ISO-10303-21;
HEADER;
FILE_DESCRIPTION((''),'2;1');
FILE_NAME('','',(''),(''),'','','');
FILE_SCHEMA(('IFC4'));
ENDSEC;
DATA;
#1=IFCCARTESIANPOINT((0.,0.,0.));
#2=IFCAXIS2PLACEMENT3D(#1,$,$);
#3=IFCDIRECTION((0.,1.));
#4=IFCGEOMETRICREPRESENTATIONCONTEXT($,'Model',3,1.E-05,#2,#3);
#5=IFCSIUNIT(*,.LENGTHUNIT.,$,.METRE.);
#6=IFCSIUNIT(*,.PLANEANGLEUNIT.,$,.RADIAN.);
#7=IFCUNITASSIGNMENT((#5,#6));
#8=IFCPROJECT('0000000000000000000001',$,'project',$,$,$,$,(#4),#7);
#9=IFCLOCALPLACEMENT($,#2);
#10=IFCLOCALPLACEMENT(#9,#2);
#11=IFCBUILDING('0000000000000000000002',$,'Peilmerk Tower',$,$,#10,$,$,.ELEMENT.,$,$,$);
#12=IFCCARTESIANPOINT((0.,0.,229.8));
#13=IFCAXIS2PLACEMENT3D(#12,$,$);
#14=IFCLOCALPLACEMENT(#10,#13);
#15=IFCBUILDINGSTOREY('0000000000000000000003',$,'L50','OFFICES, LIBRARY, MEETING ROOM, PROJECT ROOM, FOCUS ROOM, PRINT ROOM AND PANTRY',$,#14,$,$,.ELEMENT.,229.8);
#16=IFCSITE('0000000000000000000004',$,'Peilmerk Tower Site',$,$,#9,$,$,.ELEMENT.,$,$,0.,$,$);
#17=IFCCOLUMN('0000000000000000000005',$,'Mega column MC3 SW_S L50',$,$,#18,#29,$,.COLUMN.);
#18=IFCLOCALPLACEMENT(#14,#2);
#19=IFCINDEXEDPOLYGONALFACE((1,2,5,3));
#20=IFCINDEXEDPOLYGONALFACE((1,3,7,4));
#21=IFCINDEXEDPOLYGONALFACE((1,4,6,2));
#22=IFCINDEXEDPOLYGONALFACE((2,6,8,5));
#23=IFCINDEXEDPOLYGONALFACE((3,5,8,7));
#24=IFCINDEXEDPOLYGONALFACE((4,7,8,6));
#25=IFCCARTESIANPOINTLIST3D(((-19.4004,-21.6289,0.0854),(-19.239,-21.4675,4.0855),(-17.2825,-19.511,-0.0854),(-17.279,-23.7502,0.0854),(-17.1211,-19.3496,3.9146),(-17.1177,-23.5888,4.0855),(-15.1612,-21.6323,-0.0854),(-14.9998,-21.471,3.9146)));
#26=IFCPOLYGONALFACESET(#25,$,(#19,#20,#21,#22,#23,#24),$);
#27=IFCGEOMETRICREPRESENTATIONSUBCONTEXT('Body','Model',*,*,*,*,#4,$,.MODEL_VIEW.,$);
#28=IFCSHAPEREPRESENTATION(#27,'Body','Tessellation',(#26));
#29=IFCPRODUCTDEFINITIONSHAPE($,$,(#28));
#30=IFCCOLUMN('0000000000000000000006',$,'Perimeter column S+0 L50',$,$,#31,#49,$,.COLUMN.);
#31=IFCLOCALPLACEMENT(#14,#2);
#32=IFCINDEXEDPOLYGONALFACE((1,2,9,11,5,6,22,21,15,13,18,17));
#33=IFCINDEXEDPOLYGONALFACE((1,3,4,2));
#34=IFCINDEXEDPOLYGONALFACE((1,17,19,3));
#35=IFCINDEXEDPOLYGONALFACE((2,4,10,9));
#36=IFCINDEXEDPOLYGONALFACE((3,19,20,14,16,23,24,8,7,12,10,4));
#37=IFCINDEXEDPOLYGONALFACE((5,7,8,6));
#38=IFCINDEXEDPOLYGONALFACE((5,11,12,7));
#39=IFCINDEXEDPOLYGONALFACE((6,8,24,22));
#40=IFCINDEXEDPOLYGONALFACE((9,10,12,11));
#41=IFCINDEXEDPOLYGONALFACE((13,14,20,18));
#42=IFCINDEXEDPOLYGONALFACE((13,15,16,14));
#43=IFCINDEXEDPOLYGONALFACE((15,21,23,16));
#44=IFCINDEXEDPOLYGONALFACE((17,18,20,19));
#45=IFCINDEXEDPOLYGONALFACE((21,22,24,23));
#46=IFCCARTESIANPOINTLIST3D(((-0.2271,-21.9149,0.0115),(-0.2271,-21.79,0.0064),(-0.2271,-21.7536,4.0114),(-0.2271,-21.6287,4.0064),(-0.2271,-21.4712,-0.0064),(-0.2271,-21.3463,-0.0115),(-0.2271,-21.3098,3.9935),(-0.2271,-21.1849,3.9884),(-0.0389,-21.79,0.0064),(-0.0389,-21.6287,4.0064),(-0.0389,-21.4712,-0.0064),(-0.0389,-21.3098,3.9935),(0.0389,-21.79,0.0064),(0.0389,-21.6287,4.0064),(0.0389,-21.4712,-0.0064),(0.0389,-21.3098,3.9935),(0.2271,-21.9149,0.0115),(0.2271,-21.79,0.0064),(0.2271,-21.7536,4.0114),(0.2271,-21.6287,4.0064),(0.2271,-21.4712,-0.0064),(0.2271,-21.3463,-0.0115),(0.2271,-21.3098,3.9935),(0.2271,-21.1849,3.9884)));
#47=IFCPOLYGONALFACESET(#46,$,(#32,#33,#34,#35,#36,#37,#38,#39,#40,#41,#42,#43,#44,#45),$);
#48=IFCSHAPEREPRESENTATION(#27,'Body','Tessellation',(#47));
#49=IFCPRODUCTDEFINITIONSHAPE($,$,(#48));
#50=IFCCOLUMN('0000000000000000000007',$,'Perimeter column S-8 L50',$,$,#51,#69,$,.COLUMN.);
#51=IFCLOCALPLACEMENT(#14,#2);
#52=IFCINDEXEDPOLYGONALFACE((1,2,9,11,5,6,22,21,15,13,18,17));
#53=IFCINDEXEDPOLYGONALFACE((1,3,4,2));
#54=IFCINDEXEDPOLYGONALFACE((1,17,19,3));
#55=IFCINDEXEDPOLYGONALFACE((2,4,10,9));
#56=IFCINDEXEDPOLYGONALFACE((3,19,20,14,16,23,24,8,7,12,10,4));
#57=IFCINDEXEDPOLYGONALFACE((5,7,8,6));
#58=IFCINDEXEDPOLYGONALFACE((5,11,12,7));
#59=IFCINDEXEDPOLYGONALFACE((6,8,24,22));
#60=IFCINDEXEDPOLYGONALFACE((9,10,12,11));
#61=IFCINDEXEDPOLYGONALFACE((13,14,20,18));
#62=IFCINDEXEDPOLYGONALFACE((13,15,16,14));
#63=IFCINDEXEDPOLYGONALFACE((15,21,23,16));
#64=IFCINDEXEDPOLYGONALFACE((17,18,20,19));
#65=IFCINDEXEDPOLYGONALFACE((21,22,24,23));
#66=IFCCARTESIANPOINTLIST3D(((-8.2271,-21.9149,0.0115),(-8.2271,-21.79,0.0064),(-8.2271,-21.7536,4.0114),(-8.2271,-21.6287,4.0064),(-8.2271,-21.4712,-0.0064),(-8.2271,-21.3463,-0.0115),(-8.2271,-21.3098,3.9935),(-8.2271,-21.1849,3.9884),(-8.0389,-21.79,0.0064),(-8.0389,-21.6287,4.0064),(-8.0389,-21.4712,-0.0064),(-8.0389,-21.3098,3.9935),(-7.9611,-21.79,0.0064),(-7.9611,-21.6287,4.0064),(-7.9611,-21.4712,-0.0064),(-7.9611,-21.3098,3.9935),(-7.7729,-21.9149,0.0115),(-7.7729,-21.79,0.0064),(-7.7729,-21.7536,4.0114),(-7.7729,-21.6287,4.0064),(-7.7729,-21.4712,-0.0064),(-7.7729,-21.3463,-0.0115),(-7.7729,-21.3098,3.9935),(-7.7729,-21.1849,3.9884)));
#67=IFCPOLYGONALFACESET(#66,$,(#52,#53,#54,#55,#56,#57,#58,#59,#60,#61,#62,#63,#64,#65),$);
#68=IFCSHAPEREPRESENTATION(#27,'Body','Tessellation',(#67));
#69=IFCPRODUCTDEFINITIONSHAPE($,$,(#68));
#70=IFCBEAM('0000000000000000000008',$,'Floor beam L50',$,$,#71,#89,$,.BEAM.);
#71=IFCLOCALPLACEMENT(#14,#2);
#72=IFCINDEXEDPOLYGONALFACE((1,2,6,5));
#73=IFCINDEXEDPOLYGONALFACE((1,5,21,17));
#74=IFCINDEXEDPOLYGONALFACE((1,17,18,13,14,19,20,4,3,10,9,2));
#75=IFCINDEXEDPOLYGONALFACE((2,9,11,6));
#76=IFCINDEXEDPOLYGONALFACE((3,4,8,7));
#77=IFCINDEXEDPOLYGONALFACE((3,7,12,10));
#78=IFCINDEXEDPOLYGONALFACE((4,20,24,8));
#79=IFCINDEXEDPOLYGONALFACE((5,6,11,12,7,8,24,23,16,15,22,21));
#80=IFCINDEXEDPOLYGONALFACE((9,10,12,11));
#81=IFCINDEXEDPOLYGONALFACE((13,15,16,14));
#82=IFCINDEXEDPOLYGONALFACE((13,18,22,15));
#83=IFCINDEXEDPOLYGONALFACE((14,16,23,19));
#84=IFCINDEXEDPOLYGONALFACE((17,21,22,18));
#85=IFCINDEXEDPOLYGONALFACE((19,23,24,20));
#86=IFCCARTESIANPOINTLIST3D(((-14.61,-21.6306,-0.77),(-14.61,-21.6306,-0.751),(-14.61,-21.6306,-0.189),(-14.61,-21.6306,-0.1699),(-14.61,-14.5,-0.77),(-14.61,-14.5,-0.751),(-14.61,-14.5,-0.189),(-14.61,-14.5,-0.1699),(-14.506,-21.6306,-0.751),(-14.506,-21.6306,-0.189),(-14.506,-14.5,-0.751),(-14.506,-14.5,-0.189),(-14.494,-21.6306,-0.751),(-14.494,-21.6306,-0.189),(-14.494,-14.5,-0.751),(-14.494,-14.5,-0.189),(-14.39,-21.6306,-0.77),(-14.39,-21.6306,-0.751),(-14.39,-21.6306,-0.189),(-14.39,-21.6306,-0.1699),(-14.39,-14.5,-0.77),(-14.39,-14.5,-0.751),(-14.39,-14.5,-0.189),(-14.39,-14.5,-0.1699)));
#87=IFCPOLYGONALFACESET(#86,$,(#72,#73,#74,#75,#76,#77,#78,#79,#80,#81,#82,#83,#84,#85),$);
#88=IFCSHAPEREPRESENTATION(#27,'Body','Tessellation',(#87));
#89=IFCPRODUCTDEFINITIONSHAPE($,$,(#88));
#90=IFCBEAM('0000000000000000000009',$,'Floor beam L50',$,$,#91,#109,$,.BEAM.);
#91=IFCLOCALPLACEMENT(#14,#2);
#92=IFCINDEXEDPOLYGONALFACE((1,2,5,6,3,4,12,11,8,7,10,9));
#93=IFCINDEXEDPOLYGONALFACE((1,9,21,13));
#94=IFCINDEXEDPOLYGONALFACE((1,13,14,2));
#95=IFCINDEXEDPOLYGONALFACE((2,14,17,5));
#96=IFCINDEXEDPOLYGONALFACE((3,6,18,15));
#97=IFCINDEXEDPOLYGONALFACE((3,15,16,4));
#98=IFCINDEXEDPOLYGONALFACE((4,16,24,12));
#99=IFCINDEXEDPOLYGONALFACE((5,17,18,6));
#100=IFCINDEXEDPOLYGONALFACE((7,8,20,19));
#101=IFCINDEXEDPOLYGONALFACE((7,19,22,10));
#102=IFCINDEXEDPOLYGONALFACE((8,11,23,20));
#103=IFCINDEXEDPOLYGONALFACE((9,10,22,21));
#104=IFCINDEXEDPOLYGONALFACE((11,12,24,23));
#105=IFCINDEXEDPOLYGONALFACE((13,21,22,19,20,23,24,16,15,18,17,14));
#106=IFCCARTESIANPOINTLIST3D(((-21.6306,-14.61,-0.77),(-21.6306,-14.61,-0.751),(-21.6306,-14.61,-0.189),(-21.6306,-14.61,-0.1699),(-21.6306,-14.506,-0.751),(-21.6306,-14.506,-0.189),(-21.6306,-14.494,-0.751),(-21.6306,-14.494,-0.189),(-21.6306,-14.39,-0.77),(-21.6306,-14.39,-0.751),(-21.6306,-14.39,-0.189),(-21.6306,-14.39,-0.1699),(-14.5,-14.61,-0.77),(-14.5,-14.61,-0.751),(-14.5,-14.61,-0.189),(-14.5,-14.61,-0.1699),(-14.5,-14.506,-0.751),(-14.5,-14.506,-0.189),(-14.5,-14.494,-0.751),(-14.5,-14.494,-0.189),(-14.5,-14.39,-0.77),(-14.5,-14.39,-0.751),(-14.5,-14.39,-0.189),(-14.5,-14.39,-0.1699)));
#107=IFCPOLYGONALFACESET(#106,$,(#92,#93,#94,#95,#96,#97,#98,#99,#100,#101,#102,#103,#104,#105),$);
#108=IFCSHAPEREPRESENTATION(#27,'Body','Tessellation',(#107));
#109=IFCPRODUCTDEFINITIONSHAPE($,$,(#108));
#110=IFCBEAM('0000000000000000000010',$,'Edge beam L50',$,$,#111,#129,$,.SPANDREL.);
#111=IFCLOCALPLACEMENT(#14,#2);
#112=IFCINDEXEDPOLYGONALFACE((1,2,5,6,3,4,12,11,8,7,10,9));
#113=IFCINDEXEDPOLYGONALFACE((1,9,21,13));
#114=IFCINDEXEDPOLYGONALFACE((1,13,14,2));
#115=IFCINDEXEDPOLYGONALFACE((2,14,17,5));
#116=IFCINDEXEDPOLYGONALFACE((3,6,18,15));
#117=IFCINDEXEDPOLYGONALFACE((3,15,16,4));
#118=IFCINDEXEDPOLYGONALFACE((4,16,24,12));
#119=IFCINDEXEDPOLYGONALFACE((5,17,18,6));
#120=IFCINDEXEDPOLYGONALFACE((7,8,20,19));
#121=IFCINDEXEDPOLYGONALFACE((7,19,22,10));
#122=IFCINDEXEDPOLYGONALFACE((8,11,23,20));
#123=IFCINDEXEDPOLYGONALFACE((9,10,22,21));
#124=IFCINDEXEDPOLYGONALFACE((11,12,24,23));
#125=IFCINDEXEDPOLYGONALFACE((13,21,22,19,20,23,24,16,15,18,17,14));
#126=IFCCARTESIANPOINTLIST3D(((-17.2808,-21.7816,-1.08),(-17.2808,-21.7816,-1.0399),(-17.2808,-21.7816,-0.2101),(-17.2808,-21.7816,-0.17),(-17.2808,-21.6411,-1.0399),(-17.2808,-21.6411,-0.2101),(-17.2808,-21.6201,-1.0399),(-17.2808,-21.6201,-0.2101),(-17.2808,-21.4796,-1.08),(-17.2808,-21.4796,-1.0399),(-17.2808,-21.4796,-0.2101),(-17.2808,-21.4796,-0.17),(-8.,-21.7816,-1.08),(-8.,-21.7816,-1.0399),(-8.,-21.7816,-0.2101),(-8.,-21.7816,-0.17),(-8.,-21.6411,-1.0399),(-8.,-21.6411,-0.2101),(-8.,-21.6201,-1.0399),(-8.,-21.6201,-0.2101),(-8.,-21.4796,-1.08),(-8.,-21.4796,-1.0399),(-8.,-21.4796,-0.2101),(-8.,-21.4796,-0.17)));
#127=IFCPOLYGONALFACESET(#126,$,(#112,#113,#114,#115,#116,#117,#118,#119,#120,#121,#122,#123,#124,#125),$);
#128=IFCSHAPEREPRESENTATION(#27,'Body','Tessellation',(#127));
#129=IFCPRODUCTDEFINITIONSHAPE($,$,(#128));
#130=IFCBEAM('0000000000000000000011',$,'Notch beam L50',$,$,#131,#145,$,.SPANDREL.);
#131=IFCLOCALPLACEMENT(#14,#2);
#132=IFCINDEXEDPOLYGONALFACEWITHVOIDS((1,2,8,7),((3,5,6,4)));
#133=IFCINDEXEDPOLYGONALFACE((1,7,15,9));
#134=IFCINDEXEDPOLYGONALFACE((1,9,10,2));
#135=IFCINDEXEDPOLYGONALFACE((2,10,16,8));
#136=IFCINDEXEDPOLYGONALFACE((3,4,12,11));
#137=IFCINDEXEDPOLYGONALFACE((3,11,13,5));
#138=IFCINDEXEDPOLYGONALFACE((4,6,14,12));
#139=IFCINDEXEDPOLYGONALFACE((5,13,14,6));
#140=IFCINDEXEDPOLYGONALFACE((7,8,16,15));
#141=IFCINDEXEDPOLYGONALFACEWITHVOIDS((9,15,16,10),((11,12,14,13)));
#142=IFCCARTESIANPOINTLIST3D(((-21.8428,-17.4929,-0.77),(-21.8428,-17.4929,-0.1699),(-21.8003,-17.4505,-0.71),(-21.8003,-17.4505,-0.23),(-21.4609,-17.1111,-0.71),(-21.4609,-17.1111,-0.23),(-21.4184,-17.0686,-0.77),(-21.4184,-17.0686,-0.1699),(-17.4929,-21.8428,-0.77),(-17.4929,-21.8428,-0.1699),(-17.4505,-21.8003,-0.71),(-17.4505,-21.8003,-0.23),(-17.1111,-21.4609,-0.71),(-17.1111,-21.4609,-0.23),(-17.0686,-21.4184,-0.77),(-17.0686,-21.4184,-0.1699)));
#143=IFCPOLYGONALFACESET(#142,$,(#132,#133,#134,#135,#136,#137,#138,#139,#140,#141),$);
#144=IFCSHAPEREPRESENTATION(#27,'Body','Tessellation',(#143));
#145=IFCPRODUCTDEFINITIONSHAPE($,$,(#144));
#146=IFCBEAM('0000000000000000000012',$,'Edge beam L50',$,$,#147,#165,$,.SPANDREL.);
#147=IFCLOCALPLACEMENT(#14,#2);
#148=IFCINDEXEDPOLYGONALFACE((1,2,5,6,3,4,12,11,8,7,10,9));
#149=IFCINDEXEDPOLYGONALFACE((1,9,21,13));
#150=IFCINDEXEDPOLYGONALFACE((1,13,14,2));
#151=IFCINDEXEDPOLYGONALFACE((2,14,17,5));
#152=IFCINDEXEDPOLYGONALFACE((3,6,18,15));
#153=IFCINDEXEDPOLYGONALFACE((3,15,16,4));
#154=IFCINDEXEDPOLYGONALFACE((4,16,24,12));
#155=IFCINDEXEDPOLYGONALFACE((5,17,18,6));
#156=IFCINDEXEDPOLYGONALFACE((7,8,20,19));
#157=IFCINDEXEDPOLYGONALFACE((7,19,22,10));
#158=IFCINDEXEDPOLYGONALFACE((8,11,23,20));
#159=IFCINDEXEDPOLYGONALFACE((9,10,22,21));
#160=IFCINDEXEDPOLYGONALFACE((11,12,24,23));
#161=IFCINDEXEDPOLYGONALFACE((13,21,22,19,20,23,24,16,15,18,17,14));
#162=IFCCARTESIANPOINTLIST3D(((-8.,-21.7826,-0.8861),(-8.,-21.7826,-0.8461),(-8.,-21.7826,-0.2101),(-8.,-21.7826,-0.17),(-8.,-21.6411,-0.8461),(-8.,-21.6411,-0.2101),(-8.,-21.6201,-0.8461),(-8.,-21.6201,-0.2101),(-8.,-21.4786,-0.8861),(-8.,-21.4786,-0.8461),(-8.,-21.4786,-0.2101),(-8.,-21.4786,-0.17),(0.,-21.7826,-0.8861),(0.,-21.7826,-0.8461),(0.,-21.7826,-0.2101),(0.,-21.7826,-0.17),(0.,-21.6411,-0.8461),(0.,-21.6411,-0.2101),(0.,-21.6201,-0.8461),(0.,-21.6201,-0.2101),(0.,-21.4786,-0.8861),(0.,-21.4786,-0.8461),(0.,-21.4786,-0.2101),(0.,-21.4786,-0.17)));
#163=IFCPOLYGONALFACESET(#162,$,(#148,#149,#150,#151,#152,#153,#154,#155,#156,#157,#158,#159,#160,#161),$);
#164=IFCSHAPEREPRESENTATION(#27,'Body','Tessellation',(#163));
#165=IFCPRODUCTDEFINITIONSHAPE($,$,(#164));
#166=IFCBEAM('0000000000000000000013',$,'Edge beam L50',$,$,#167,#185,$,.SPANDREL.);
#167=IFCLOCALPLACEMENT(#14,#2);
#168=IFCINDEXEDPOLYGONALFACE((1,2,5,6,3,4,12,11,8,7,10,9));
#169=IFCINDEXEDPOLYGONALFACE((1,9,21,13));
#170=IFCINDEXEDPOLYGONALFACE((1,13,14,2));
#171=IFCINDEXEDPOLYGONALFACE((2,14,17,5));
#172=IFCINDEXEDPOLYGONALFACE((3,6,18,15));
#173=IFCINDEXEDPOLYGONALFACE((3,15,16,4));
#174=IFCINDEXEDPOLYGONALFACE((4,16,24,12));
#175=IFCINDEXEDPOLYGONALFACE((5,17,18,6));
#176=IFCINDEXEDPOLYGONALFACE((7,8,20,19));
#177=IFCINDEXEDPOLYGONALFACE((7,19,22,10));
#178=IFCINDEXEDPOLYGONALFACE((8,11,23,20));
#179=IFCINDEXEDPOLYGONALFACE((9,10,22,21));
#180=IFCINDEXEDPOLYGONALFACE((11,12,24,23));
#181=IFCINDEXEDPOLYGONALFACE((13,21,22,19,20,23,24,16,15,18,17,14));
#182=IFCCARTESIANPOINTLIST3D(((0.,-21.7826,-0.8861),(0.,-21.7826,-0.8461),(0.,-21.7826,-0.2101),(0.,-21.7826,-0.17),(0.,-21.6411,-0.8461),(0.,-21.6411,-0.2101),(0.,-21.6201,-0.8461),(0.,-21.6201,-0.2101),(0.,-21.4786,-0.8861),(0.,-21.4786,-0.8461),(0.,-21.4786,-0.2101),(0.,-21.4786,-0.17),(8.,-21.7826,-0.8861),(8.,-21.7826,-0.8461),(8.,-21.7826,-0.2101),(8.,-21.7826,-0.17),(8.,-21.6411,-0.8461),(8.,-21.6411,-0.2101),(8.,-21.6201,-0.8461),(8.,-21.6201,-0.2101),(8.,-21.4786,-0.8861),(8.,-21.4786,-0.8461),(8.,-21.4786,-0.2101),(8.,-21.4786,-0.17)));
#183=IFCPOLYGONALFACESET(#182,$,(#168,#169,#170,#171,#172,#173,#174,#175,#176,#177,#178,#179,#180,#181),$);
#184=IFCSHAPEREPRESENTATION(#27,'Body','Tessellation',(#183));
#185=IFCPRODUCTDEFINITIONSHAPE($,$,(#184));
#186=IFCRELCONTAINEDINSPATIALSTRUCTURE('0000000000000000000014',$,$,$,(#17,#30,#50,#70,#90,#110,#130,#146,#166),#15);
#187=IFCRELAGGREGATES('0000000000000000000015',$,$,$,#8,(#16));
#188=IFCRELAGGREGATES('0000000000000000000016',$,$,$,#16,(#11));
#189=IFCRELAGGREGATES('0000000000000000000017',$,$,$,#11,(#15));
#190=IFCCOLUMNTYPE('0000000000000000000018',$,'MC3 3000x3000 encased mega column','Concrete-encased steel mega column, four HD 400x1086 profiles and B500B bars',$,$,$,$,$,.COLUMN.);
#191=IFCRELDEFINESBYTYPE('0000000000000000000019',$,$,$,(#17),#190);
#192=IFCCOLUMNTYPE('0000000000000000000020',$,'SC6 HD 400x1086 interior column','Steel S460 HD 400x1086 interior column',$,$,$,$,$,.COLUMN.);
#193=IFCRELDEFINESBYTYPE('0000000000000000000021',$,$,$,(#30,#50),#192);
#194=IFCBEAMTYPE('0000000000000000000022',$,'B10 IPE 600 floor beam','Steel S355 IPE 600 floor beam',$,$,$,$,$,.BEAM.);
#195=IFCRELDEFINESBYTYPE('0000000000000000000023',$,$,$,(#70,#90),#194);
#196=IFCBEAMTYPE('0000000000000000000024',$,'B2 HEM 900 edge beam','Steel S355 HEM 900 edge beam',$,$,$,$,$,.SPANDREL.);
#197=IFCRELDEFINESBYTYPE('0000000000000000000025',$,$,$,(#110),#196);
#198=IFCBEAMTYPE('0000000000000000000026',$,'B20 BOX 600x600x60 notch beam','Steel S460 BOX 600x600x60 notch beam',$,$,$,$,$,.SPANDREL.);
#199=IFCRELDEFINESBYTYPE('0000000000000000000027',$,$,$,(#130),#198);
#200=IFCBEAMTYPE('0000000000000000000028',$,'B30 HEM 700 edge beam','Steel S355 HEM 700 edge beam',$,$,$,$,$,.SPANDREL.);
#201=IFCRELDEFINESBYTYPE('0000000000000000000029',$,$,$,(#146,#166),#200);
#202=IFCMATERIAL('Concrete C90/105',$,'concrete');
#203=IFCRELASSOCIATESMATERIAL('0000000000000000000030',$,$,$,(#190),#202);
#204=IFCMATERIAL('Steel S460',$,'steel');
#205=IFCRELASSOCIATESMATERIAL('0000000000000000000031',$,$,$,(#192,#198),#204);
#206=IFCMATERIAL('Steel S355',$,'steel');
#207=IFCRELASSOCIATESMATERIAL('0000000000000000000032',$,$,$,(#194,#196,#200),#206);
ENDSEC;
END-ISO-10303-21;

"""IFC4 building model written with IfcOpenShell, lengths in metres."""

from ifc_helpers import new_model, si_unit, direction, frame, origin, origin_2d, place, context, subcontext, project, spatial, rectangle, hollow_rectangle, i_section, extrude, material, material_profile, profile_set, type_object, element, save


model = new_model("IFC4")

# Units and contexts
model_context = context("Model", 3, precision=1e-05, world=origin(), true_north=direction((0.0, 1.0)))
body_context = subcontext(model_context, "Body", "Model", "MODEL_VIEW")
ifc_project = project(units=[si_unit("LENGTHUNIT", "METRE"), si_unit("PLANEANGLEUNIT", "RADIAN")], contexts=[model_context])

# Site, building, storey
site_placement = place(None, origin())
site = spatial("IfcSite", under=ifc_project, at=site_placement, Name="Peilmerk Tower Site", CompositionType="ELEMENT", RefElevation=0.0)
building_placement = place(site_placement, origin())
building = spatial("IfcBuilding", under=site, at=building_placement, Name="Peilmerk Tower", CompositionType="ELEMENT")
storey_placement = place(building_placement, frame((0.0, 0.0, 229.8)))
storey = spatial("IfcBuildingStorey", under=building, at=storey_placement, Name="L50", Description="OFFICES, LIBRARY, MEETING ROOM, PROJECT ROOM, FOCUS ROOM, PRINT ROOM AND PANTRY", CompositionType="ELEMENT", Elevation=229.8)

# Columns
ifc_material_1 = material(Name="Concrete C90/105", Category="concrete")
ifc_material_profile_1 = material_profile(ifc_material_1, rectangle(XDim=3.0, YDim=3.0, at=origin_2d()), Name="RC 3000x3000")
ifc_profile_set_1 = profile_set([ifc_material_profile_1], Name="Concrete C90/105")
column_type_1 = type_object("IfcColumnType", Name="MC3 3000x3000 encased mega column", Description="Concrete-encased steel mega column, four HD 400x1086 profiles and B500B bars", PredefinedType="COLUMN", material=ifc_profile_set_1)
column_placement = place(storey_placement, frame((-17.2808, -21.6306, 0.0), z_axis=(0.040279, 0.040279, 0.998376), x_axis=(-0.707107, 0.707107, 0.0)))
element("IfcColumn", 1, at=column_placement, inside=storey, type_object=column_type_1, Name="Mega column MC3 SW_S L50", PredefinedType="COLUMN", context=body_context, shape_type="SweptSolid", body=[
    extrude(rectangle(XDim=3.0, YDim=3.0, at=origin_2d()), origin(), (0.0, 0.0, 1.0), 4.0066),
])
ifc_material_2 = material(Name="Steel S460", Category="steel")
ifc_material_profile_2 = material_profile(ifc_material_2, i_section(OverallWidth=0.4541, OverallDepth=0.5691, WebThickness=0.0779, FlangeThickness=0.125, at=origin_2d()), Name="HD 400x1086")
ifc_profile_set_2 = profile_set([ifc_material_profile_2], Name="Steel S460")
column_type_2 = type_object("IfcColumnType", Name="SC6 HD 400x1086 interior column", Description="Steel S460 HD 400x1086 interior column", PredefinedType="COLUMN", material=ifc_profile_set_2)
for number, where, z_axis, x_axis, name in (
    (2, (0.0, -21.6306, 0.0), (0.0, 0.040311, 0.999187), (-1.0, 0.0, 0.0), "Perimeter column S+0 L50"),
    (3, (-8.0, -21.6306, 0.0), (0.0, 0.040311, 0.999187), (-1.0, 0.0, 0.0), "Perimeter column S-8 L50"),
):
    element("IfcColumn", number, at=place(storey_placement, frame(where, z_axis=z_axis, x_axis=x_axis)), inside=storey, type_object=column_type_2, Name=name, PredefinedType="COLUMN", context=body_context, shape_type="SweptSolid", body=[
        extrude(i_section(OverallWidth=0.4541, OverallDepth=0.5691, WebThickness=0.0779, FlangeThickness=0.125, at=origin_2d()), origin(), (0.0, 0.0, 1.0), 4.0032),
    ])

# Beams
ifc_material_3 = material(Name="Steel S355", Category="steel")
ifc_material_profile_3 = material_profile(ifc_material_3, i_section(OverallWidth=0.22, OverallDepth=0.6001, WebThickness=0.012, FlangeThickness=0.019, at=origin_2d()), Name="IPE 600")
ifc_profile_set_3 = profile_set([ifc_material_profile_3], Name="Steel S355")
beam_type_1 = type_object("IfcBeamType", Name="B10 IPE 600 floor beam", Description="Steel S355 IPE 600 floor beam", PredefinedType="BEAM", material=ifc_profile_set_3)
for number, where, z_axis, x_axis, name in (
    (4, (-14.5, -14.5, -0.47), (0.0, -1.0, 0.0), (1.0, 0.0, 0.0), "Floor beam L50"),
    (5, (-14.5, -14.5, -0.47), (-1.0, 0.0, 0.0), (0.0, -1.0, 0.0), "Floor beam L50"),
):
    element("IfcBeam", number, at=place(storey_placement, frame(where, z_axis=z_axis, x_axis=x_axis)), inside=storey, type_object=beam_type_1, Name=name, PredefinedType="BEAM", context=body_context, shape_type="SweptSolid", body=[
        extrude(i_section(OverallWidth=0.22, OverallDepth=0.6001, WebThickness=0.012, FlangeThickness=0.019, at=origin_2d()), origin(), (0.0, 0.0, 1.0), 7.1306),
    ])
ifc_material_profile_4 = material_profile(ifc_material_3, i_section(OverallWidth=0.302, OverallDepth=0.9099, WebThickness=0.021, FlangeThickness=0.04, at=origin_2d()), Name="HEM 900")
ifc_profile_set_4 = profile_set([ifc_material_profile_4], Name="Steel S355")
beam_type_2 = type_object("IfcBeamType", Name="B2 HEM 900 edge beam", Description="Steel S355 HEM 900 edge beam", PredefinedType="SPANDREL", material=ifc_profile_set_4)
beam_1_placement = place(storey_placement, frame((-17.2808, -21.6306, -0.625), z_axis=(1.0, 0.0, 0.0), x_axis=(0.0, 1.0, 0.0)))
element("IfcBeam", 6, at=beam_1_placement, inside=storey, type_object=beam_type_2, Name="Edge beam L50", PredefinedType="SPANDREL", context=body_context, shape_type="SweptSolid", body=[
    extrude(i_section(OverallWidth=0.302, OverallDepth=0.9099, WebThickness=0.021, FlangeThickness=0.04, at=origin_2d()), origin(), (0.0, 0.0, 1.0), 9.2808),
])
ifc_material_profile_5 = material_profile(ifc_material_2, hollow_rectangle(XDim=0.6001, YDim=0.6001, WallThickness=0.0601, at=origin_2d()), Name="BOX 600x600x60")
ifc_profile_set_5 = profile_set([ifc_material_profile_5], Name="Steel S460")
beam_type_3 = type_object("IfcBeamType", Name="B20 BOX 600x600x60 notch beam", Description="Steel S460 BOX 600x600x60 notch beam", PredefinedType="SPANDREL", material=ifc_profile_set_5)
beam_2_placement = place(storey_placement, frame((-17.2808, -21.6306, -0.47), z_axis=(-0.707107, 0.707107, 0.0), x_axis=(-0.707107, -0.707107, 0.0)))
element("IfcBeam", 7, at=beam_2_placement, inside=storey, type_object=beam_type_3, Name="Notch beam L50", PredefinedType="SPANDREL", context=body_context, shape_type="SweptSolid", body=[
    extrude(hollow_rectangle(XDim=0.6001, YDim=0.6001, WallThickness=0.0601, at=origin_2d()), origin(), (0.0, 0.0, 1.0), 6.1516),
])
ifc_material_profile_6 = material_profile(ifc_material_3, i_section(OverallWidth=0.304, OverallDepth=0.7161, WebThickness=0.021, FlangeThickness=0.04, at=origin_2d()), Name="HEM 700")
ifc_profile_set_6 = profile_set([ifc_material_profile_6], Name="Steel S355")
beam_type_4 = type_object("IfcBeamType", Name="B30 HEM 700 edge beam", Description="Steel S355 HEM 700 edge beam", PredefinedType="SPANDREL", material=ifc_profile_set_6)
for number, where, z_axis, x_axis, name in (
    (8, (-8.0, -21.6306, -0.5281), (1.0, 0.0, 0.0), (0.0, 1.0, 0.0), "Edge beam L50"),
    (9, (0.0, -21.6306, -0.5281), (1.0, 0.0, 0.0), (0.0, 1.0, 0.0), "Edge beam L50"),
):
    element("IfcBeam", number, at=place(storey_placement, frame(where, z_axis=z_axis, x_axis=x_axis)), inside=storey, type_object=beam_type_4, Name=name, PredefinedType="SPANDREL", context=body_context, shape_type="SweptSolid", body=[
        extrude(i_section(OverallWidth=0.304, OverallDepth=0.7161, WebThickness=0.021, FlangeThickness=0.04, at=origin_2d()), origin(), (0.0, 0.0, 1.0), 8.0),
    ])

save(model, "model.ifc")
